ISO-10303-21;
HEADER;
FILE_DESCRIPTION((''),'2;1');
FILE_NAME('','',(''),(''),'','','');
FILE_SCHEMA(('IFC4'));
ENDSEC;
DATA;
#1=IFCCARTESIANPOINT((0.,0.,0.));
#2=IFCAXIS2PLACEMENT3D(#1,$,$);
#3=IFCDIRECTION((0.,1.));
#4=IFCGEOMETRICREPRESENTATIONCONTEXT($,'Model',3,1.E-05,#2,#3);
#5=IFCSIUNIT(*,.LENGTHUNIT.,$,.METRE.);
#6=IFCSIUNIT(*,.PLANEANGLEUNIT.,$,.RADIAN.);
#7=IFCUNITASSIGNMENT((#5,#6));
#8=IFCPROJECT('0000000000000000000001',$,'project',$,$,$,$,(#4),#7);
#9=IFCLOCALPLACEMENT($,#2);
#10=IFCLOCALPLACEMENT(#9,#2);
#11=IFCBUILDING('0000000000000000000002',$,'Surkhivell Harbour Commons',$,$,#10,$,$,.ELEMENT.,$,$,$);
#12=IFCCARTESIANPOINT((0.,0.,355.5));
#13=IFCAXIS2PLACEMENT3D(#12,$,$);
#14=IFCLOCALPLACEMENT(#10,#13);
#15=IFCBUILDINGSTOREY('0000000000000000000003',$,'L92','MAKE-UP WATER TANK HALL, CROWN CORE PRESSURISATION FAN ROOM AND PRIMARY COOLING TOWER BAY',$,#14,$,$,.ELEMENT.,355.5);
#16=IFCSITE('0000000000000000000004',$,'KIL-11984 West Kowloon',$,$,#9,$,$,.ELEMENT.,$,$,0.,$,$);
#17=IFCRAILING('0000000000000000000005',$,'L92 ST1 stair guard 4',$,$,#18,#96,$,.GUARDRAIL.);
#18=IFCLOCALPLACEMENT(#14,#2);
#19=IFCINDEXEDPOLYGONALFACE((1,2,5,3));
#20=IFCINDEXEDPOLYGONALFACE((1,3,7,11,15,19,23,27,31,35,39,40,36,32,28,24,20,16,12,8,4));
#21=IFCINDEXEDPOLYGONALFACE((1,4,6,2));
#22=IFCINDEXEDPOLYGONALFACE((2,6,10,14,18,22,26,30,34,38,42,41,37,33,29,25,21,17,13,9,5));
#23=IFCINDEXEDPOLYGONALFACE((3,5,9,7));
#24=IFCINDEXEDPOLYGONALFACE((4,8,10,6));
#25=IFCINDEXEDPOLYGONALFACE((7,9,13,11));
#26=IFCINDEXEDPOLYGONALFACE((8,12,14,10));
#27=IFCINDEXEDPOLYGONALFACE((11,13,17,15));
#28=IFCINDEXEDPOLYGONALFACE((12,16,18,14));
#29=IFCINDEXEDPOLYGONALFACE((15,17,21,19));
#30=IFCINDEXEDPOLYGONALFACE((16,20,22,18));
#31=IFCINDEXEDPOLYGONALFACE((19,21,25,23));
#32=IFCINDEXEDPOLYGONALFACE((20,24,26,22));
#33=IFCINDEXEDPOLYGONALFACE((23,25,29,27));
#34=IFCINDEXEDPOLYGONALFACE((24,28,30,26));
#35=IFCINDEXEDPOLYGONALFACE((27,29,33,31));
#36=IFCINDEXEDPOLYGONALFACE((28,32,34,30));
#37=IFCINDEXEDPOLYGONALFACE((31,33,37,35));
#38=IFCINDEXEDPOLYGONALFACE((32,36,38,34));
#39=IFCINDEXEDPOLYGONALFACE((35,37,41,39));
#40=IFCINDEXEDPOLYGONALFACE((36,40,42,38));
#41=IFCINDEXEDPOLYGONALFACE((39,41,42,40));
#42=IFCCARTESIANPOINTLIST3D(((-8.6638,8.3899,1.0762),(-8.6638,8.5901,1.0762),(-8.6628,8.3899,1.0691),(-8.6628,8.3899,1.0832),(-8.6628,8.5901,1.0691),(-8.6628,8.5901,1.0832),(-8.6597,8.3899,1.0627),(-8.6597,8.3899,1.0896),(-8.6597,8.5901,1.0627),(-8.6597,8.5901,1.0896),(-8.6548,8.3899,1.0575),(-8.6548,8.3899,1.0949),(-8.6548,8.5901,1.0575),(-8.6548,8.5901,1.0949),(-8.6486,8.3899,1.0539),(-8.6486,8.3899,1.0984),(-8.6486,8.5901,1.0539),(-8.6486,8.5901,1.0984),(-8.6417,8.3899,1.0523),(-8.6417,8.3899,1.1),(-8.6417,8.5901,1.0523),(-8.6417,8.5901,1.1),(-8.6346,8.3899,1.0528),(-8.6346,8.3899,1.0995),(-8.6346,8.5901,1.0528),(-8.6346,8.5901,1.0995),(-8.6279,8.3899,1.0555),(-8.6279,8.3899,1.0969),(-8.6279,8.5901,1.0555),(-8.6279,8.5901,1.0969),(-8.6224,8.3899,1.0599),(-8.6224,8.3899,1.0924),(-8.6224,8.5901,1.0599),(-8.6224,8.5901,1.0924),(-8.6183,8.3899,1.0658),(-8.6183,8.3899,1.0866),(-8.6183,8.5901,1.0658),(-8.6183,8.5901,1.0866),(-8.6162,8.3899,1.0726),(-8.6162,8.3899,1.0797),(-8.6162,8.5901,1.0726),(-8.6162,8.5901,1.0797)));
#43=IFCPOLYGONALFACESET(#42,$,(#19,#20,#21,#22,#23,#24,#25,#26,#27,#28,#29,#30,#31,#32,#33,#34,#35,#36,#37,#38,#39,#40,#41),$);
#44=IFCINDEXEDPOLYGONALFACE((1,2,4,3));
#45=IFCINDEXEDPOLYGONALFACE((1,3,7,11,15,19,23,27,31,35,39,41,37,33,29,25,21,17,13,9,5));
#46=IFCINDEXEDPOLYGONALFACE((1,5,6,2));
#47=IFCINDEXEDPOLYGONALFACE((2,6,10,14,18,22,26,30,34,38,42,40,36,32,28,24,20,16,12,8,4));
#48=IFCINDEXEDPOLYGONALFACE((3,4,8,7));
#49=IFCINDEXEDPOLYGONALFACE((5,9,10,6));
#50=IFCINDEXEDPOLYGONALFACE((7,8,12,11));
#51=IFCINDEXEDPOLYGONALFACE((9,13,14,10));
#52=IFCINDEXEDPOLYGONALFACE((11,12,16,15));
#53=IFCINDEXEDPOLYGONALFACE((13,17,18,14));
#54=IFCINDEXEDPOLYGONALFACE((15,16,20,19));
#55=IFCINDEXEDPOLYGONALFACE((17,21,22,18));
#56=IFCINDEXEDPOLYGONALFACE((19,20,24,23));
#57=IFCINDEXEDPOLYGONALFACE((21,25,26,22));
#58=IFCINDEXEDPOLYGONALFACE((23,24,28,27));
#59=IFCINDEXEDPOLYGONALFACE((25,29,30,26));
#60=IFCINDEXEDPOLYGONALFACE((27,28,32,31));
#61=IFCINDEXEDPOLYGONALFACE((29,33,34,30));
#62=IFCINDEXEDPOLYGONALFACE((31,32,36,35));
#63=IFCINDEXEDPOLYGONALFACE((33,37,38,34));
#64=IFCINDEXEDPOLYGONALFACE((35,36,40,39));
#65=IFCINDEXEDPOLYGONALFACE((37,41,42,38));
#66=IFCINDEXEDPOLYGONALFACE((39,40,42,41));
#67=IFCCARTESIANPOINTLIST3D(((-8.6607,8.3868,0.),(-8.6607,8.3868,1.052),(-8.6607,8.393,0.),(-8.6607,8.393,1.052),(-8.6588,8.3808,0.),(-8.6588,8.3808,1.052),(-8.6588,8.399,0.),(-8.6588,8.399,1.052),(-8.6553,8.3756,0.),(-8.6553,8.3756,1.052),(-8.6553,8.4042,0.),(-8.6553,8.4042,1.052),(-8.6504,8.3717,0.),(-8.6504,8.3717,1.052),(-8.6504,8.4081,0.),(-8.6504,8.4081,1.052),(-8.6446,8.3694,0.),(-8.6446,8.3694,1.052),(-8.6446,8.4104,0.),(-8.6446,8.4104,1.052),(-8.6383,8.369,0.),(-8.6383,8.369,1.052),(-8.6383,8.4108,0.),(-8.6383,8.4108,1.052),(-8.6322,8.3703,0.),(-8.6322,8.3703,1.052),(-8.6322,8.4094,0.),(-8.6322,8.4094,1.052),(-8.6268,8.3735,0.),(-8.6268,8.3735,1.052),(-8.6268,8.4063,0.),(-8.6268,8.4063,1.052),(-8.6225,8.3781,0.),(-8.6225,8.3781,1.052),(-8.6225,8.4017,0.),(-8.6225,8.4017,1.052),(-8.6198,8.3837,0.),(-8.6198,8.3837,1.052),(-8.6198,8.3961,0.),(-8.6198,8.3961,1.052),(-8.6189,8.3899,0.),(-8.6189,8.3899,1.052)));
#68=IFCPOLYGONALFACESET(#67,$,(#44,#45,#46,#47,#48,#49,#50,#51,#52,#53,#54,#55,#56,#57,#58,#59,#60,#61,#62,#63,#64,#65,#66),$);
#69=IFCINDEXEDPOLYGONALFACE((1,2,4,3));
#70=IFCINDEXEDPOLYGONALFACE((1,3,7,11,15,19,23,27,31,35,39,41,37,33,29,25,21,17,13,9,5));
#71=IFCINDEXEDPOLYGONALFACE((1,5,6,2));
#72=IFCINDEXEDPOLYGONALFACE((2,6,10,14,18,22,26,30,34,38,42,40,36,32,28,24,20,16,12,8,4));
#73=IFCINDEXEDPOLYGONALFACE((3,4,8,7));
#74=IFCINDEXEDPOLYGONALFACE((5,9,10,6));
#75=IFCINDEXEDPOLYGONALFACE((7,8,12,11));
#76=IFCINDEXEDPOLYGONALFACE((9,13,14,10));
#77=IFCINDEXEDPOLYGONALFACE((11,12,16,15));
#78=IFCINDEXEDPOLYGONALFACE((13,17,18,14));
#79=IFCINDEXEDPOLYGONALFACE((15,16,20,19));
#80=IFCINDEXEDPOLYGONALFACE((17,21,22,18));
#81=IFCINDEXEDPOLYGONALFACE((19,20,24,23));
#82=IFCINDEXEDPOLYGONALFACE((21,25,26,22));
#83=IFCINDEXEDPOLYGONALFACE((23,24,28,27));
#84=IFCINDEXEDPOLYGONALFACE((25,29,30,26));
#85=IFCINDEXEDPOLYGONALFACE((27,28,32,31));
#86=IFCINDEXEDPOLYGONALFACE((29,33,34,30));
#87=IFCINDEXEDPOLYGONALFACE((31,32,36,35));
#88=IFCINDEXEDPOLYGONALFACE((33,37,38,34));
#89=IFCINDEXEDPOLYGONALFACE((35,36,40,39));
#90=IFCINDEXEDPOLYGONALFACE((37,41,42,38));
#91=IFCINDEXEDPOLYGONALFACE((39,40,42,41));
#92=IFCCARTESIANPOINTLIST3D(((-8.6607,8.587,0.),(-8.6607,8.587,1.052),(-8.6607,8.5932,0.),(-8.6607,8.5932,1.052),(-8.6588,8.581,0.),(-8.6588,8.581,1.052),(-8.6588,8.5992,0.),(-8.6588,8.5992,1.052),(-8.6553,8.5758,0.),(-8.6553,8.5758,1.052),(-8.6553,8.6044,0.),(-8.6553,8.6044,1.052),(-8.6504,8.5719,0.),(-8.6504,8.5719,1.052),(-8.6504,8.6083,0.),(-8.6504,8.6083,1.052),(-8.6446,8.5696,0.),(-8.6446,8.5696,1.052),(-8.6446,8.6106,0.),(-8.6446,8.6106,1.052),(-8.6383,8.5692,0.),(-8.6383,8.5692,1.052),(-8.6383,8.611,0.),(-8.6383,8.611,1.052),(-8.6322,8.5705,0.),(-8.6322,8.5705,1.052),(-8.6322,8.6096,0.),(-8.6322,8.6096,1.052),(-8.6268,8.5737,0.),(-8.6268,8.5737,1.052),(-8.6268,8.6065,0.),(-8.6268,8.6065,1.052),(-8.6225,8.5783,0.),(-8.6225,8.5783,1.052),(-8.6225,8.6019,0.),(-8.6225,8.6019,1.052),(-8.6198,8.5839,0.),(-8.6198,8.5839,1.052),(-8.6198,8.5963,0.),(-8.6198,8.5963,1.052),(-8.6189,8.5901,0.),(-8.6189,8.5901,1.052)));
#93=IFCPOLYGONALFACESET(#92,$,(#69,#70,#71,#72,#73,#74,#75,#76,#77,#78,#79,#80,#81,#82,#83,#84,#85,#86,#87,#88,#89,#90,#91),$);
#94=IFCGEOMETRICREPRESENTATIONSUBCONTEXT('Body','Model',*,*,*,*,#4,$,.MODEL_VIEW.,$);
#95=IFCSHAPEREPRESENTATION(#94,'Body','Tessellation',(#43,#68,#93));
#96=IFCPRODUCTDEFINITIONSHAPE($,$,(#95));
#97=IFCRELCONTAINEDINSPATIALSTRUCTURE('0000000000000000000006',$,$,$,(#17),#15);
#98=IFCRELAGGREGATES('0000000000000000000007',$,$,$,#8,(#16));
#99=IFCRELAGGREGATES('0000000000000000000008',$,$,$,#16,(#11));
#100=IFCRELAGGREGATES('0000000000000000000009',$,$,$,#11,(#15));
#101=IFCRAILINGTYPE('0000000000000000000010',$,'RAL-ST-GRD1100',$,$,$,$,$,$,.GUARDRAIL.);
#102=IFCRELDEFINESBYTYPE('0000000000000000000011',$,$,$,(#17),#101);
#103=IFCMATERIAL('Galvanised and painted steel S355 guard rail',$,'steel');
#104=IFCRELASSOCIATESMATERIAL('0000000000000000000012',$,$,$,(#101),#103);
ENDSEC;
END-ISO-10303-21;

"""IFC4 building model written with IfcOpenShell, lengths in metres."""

from ifc_helpers import new_model, si_unit, direction, frame, origin, origin_2d, place, context, subcontext, project, spatial, circle, extrude, material, type_object, element, save


model = new_model("IFC4")

# Units and contexts
model_context = context("Model", 3, precision=1e-05, world=origin(), true_north=direction((0.0, 1.0)))
body_context = subcontext(model_context, "Body", "Model", "MODEL_VIEW")
ifc_project = project(units=[si_unit("LENGTHUNIT", "METRE"), si_unit("PLANEANGLEUNIT", "RADIAN")], contexts=[model_context])

# Site, building, storey
site_placement = place(None, origin())
site = spatial("IfcSite", under=ifc_project, at=site_placement, Name="KIL-11984 West Kowloon", CompositionType="ELEMENT", RefElevation=0.0)
building_placement = place(site_placement, origin())
building = spatial("IfcBuilding", under=site, at=building_placement, Name="Surkhivell Harbour Commons", CompositionType="ELEMENT")
storey_placement = place(building_placement, frame((0.0, 0.0, 355.5)))
storey = spatial("IfcBuildingStorey", under=building, at=storey_placement, Name="L92", Description="MAKE-UP WATER TANK HALL, CROWN CORE PRESSURISATION FAN ROOM AND PRIMARY COOLING TOWER BAY", CompositionType="ELEMENT", Elevation=355.5)

# Railing
ifc_material_1 = material(Name="Galvanised and painted steel S355 guard rail", Category="steel")
railing_type_1 = type_object("IfcRailingType", Name="RAL-ST-GRD1100", PredefinedType="GUARDRAIL", material=ifc_material_1)
railing_1_placement = place(storey_placement, frame((-8.6399, 8.3899, 0.0)))
element("IfcRailing", 1, at=railing_1_placement, inside=storey, type_object=railing_type_1, Name="L92 ST1 stair guard 4", PredefinedType="GUARDRAIL", context=body_context, shape_type="SweptSolid", body=[
    extrude(circle(Radius=0.0239, at=origin_2d()), frame((0.0, 0.0, 1.0762), z_axis=(0.0, 1.0, 0.0), x_axis=(-1.0, 0.0, 0.0)), (0.0, 0.0, 1.0), 0.2002),
    extrude(circle(Radius=0.021, at=origin_2d()), origin(), (0.0, 0.0, 1.0), 1.052),
    extrude(circle(Radius=0.021, at=origin_2d()), frame((0.0, 0.2002, 0.0)), (0.0, 0.0, 1.0), 1.052),
])

save(model, "model.ifc")
